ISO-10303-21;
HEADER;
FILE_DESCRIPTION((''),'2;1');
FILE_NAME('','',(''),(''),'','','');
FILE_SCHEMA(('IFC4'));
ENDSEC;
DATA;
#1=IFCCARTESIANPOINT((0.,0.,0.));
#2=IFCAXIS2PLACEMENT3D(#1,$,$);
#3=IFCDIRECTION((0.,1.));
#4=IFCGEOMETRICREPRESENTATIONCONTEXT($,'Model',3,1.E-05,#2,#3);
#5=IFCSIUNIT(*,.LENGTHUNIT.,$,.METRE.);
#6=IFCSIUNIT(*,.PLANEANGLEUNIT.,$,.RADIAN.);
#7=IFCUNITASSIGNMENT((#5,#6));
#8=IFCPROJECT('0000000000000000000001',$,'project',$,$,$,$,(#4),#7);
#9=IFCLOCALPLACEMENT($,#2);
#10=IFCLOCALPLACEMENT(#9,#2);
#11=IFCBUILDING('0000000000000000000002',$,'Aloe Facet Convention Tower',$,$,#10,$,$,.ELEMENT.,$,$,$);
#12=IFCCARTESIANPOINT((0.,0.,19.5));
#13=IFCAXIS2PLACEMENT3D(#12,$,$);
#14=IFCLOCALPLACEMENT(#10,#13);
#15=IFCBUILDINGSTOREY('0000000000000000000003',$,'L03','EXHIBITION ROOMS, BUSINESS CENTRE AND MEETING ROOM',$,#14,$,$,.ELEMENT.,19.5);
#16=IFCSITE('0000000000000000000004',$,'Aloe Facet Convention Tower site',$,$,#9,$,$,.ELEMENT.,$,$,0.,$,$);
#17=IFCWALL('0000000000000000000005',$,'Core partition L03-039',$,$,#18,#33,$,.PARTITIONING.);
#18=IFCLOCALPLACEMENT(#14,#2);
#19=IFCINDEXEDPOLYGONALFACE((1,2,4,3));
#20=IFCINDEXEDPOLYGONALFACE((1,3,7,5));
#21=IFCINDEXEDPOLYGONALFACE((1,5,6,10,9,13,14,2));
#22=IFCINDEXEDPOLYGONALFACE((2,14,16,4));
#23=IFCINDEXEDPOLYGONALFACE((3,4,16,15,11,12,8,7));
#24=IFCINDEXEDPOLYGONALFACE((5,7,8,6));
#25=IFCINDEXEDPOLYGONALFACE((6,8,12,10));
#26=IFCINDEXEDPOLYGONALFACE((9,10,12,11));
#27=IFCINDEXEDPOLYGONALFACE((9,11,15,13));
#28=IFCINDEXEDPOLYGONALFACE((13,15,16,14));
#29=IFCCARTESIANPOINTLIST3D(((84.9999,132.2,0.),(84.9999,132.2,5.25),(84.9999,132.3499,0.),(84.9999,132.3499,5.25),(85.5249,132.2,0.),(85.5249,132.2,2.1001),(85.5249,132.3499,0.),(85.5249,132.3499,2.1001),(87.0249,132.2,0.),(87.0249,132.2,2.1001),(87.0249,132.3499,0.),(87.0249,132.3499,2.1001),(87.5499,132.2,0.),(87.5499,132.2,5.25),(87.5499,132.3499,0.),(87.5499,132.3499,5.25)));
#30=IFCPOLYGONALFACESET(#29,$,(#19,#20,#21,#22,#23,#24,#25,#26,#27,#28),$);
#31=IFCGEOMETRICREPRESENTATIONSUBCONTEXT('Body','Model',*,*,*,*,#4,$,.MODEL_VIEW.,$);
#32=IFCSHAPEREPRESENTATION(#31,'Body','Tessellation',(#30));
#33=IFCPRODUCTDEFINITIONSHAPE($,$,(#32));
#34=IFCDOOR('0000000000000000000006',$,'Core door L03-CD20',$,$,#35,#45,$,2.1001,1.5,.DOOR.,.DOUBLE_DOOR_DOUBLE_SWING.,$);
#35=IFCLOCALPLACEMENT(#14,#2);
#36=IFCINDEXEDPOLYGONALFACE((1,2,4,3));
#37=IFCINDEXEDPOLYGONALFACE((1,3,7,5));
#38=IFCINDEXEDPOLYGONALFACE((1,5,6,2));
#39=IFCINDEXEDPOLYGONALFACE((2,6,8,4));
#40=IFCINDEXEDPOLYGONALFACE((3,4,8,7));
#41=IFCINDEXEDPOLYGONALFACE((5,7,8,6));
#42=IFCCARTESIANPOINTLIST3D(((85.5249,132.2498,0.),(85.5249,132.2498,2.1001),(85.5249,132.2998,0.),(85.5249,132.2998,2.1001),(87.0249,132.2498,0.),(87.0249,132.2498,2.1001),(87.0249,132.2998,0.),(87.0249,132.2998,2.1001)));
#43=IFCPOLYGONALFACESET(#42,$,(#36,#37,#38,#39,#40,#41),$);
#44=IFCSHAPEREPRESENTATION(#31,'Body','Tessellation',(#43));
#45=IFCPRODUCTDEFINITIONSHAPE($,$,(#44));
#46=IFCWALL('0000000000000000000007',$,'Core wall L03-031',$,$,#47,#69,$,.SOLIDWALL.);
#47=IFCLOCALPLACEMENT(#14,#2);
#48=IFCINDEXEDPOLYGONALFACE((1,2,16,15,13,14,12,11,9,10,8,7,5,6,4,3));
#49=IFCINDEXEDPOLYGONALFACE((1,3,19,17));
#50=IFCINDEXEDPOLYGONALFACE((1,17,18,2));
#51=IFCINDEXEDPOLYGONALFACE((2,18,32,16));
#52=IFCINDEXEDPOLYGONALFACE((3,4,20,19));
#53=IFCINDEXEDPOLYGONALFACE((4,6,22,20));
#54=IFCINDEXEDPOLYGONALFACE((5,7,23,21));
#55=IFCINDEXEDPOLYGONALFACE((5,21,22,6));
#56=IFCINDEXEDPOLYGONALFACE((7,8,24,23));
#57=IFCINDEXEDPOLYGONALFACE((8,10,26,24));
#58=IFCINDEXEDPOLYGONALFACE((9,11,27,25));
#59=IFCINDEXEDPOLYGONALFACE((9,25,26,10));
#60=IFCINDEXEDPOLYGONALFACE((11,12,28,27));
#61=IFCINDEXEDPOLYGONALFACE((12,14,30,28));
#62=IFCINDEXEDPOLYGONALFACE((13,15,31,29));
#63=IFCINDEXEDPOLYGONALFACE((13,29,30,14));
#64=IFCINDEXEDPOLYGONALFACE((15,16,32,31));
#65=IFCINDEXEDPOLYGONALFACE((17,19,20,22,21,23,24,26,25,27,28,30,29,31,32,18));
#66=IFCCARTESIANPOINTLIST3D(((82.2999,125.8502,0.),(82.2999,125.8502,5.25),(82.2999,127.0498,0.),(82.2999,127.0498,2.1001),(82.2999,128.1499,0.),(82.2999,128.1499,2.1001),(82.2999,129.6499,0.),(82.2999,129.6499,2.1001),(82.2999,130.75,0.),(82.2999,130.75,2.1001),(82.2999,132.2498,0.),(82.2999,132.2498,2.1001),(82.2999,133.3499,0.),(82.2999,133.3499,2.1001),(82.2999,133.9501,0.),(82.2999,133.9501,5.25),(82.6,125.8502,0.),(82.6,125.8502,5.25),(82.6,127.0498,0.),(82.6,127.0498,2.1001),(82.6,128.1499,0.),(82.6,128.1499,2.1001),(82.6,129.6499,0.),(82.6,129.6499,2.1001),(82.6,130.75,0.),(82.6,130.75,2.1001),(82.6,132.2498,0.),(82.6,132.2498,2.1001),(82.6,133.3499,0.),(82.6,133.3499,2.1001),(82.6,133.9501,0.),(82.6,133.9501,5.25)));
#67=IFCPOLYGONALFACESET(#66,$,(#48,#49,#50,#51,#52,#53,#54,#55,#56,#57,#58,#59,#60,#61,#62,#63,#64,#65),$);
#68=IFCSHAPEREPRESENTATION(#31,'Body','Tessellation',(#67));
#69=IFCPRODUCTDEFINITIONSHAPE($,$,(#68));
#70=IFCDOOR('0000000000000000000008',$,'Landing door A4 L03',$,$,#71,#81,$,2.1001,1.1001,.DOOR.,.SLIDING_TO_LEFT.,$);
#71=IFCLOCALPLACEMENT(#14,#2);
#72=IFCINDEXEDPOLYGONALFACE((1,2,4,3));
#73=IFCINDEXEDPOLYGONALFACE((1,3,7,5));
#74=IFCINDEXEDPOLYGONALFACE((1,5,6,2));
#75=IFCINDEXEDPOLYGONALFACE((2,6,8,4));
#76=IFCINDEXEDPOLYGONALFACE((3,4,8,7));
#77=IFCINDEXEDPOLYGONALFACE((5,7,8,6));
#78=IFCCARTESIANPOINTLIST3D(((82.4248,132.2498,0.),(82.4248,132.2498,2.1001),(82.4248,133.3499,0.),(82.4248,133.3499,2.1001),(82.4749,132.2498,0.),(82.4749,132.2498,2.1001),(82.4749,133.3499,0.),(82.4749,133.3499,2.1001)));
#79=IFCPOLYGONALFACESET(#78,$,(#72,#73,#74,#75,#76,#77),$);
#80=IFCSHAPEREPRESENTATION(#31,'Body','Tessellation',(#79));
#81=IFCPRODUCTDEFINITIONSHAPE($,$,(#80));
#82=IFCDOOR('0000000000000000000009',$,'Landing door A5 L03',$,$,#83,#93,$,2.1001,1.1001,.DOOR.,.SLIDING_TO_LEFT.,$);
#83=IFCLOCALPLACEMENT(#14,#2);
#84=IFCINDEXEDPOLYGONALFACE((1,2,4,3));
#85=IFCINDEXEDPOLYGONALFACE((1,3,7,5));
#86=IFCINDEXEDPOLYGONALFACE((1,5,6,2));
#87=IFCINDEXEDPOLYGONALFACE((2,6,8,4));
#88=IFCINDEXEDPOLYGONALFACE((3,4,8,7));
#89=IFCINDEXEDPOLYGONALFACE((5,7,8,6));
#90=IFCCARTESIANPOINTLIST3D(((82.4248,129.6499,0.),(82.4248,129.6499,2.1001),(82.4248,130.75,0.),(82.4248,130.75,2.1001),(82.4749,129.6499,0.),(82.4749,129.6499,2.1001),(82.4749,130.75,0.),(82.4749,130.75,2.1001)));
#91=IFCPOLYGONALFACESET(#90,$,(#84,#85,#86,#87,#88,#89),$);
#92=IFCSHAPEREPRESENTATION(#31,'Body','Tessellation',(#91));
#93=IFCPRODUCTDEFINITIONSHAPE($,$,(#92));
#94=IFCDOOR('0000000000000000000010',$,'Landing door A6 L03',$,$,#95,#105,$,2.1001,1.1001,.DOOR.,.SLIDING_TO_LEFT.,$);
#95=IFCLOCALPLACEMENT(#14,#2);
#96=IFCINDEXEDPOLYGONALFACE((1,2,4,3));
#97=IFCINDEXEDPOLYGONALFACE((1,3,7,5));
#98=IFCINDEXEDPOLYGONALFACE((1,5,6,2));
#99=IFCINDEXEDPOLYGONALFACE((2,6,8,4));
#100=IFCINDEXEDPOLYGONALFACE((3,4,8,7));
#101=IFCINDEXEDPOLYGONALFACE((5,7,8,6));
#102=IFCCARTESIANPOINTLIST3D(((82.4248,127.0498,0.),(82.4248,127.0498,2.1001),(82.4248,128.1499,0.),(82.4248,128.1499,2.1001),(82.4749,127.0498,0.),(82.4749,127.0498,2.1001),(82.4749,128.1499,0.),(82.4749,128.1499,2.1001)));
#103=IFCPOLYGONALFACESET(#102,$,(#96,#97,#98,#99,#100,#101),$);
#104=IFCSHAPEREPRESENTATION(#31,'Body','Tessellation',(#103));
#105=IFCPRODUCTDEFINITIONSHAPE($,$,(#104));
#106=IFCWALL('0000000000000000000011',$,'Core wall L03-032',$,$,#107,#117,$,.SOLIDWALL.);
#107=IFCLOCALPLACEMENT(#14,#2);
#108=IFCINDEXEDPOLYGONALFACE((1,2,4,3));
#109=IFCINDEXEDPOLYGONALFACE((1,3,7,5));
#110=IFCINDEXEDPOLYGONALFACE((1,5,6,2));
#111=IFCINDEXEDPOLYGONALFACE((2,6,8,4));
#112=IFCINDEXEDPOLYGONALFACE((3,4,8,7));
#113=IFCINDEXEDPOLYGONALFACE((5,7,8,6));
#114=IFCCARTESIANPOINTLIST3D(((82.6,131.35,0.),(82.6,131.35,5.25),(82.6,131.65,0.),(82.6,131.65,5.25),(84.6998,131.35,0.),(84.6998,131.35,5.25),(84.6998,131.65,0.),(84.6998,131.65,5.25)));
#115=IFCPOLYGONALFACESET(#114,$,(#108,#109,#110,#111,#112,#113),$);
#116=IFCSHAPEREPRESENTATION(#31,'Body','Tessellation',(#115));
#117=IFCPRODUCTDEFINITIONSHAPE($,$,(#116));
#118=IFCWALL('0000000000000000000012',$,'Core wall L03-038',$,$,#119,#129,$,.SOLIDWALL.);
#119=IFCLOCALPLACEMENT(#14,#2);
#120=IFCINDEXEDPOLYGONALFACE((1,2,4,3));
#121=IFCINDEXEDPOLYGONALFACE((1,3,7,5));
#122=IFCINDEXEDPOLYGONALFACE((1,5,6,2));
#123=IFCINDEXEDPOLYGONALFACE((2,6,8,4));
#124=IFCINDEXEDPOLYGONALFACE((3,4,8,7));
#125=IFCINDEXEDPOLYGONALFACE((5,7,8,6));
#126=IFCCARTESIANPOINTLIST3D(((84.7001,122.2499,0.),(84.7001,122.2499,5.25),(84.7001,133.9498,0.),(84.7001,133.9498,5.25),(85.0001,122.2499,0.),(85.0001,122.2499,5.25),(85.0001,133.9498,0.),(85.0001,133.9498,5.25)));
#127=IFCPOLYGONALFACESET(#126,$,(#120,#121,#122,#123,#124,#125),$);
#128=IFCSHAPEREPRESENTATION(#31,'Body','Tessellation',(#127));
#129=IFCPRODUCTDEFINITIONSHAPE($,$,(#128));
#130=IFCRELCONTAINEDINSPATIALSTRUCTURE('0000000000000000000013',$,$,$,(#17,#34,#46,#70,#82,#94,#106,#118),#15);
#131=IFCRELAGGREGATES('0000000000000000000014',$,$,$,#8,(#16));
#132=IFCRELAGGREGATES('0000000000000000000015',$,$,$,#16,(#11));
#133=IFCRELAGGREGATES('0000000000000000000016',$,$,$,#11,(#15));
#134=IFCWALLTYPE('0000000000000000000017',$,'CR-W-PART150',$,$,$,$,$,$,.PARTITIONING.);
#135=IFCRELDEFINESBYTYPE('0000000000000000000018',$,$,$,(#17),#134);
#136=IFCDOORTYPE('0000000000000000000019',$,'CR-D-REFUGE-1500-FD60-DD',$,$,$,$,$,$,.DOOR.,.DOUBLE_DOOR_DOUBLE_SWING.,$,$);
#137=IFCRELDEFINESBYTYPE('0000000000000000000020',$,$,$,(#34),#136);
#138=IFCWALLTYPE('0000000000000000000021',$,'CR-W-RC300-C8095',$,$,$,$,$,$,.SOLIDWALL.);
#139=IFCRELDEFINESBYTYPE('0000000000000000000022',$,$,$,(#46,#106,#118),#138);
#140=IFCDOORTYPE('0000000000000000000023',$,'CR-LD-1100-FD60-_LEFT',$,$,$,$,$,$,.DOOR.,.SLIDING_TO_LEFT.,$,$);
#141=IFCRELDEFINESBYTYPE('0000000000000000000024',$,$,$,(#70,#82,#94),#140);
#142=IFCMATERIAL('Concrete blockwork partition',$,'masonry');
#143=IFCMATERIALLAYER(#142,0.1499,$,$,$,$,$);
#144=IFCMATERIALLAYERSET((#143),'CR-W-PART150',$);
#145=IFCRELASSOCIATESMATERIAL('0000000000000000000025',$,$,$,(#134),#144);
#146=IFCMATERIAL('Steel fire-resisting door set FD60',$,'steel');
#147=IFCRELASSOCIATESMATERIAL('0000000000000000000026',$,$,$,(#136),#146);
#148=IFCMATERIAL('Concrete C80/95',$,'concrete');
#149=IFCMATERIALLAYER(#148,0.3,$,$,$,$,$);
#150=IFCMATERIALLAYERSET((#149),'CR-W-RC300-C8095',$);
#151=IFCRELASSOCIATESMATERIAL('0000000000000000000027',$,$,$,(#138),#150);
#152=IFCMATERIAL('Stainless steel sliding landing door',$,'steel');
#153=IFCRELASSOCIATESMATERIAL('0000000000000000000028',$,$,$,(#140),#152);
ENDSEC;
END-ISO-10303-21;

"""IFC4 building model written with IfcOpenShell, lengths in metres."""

from ifc_helpers import new_model, si_unit, direction, frame, frame_2d, origin, place, context, subcontext, project, spatial, rectangle, extrude, material, layer, layer_set, type_object, element, fill, save


model = new_model("IFC4")

# Units and contexts
model_context = context("Model", 3, precision=1e-05, world=origin(), true_north=direction((0.0, 1.0)))
body_context = subcontext(model_context, "Body", "Model", "MODEL_VIEW")
ifc_project = project(units=[si_unit("LENGTHUNIT", "METRE"), si_unit("PLANEANGLEUNIT", "RADIAN")], contexts=[model_context])

# Site, building, storey
site_placement = place(None, origin())
site = spatial("IfcSite", under=ifc_project, at=site_placement, Name="Aloe Facet Convention Tower site", CompositionType="ELEMENT", RefElevation=0.0)
building_placement = place(site_placement, origin())
building = spatial("IfcBuilding", under=site, at=building_placement, Name="Aloe Facet Convention Tower", CompositionType="ELEMENT")
storey_placement = place(building_placement, frame((0.0, 0.0, 19.5)))
storey = spatial("IfcBuildingStorey", under=building, at=storey_placement, Name="L03", Description="EXHIBITION ROOMS, BUSINESS CENTRE AND MEETING ROOM", CompositionType="ELEMENT", Elevation=19.5)

# Wall, opening, door
ifc_material_1 = material(Name="Concrete blockwork partition", Category="masonry")
ifc_layer_1 = layer(ifc_material_1, 0.1499)
ifc_layer_set_1 = layer_set([ifc_layer_1], Name="CR-W-PART150")
wall_type_1 = type_object("IfcWallType", Name="CR-W-PART150", PredefinedType="PARTITIONING", material=ifc_layer_set_1)
wall_1_placement = place(storey_placement, frame((85.0, 132.2749, 0.0), z_axis=(0.0, 0.0, 1.0), x_axis=(1.0, 0.0, 0.0)))
wall_1 = element("IfcWall", 1, at=wall_1_placement, inside=storey, type_object=wall_type_1, Name="Core partition L03-039", PredefinedType="PARTITIONING", context=body_context, shape_type="SweptSolid", body=[
    extrude(rectangle(XDim=2.55, YDim=0.1499, at=frame_2d((1.2749, 0.0))), origin(), (0.0, 0.0, 1.0), 5.25),
])
opening_1_placement = place(wall_1_placement, frame((0.5249, 0.0, 0.0)))
opening_1 = element("IfcOpeningElement", 2, at=opening_1_placement, cuts=wall_1, PredefinedType="OPENING", context=body_context, shape_type="SweptSolid", body=[
    extrude(rectangle(XDim=1.5, YDim=2.1001, at=frame_2d((0.75, 1.05))), frame((0.0, 0.085, 0.0), z_axis=(0.0, -1.0, 0.0), x_axis=(1.0, 0.0, 0.0)), (0.0, 0.0, 1.0), 0.1699),
])
ifc_material_2 = material(Name="Steel fire-resisting door set FD60", Category="steel")
door_type_1 = type_object("IfcDoorType", Name="CR-D-REFUGE-1500-FD60-DD", OperationType="DOUBLE_DOOR_DOUBLE_SWING", PredefinedType="DOOR", material=ifc_material_2)
door_1_placement = place(opening_1_placement, origin())
door_1 = element("IfcDoor", 3, at=door_1_placement, inside=storey, type_object=door_type_1, Name="Core door L03-CD20", OperationType="DOUBLE_DOOR_DOUBLE_SWING", OverallHeight=2.1001, OverallWidth=1.5, PredefinedType="DOOR", context=body_context, shape_type="SweptSolid", body=[
    extrude(rectangle(XDim=1.5, YDim=2.1001, at=frame_2d((0.75, 1.05))), frame((0.0, 0.0249, 0.0), z_axis=(0.0, -1.0, 0.0), x_axis=(1.0, 0.0, 0.0)), (0.0, 0.0, 1.0), 0.05),
])
fill(opening_1, door_1)

# Wall, openings, doors
ifc_material_3 = material(Name="Concrete C80/95", Category="concrete")
ifc_layer_2 = layer(ifc_material_3, 0.3)
ifc_layer_set_2 = layer_set([ifc_layer_2], Name="CR-W-RC300-C8095")
wall_type_2 = type_object("IfcWallType", Name="CR-W-RC300-C8095", PredefinedType="SOLIDWALL", material=ifc_layer_set_2)
wall_2_placement = place(storey_placement, frame((82.45, 133.95, 0.0), z_axis=(0.0, 0.0, 1.0), x_axis=(0.0, -1.0, 0.0)))
wall_2 = element("IfcWall", 4, at=wall_2_placement, inside=storey, type_object=wall_type_2, Name="Core wall L03-031", PredefinedType="SOLIDWALL", context=body_context, shape_type="SweptSolid", body=[
    extrude(rectangle(XDim=8.0999, YDim=0.3, at=frame_2d((4.0498, 0.0))), origin(), (0.0, 0.0, 1.0), 5.25),
])
opening_2_placement = place(wall_2_placement, frame((0.6001, 0.0, 0.0)))
opening_2 = element("IfcOpeningElement", 5, at=opening_2_placement, cuts=wall_2, PredefinedType="OPENING", context=body_context, shape_type="SweptSolid", body=[
    extrude(rectangle(XDim=1.1001, YDim=2.1001, at=frame_2d((0.55, 1.05))), frame((0.0, 0.1602, 0.0), z_axis=(0.0, -1.0, 0.0), x_axis=(1.0, 0.0, 0.0)), (0.0, 0.0, 1.0), 0.3201),
])
opening_3_placement = place(wall_2_placement, frame((3.2, 0.0, 0.0)))
opening_3 = element("IfcOpeningElement", 6, at=opening_3_placement, cuts=wall_2, PredefinedType="OPENING", context=body_context, shape_type="SweptSolid", body=[
    extrude(rectangle(XDim=1.1001, YDim=2.1001, at=frame_2d((0.55, 1.05))), frame((0.0, 0.1602, 0.0), z_axis=(0.0, -1.0, 0.0), x_axis=(1.0, 0.0, 0.0)), (0.0, 0.0, 1.0), 0.3201),
])
opening_4_placement = place(wall_2_placement, frame((5.8, 0.0, 0.0)))
opening_4 = element("IfcOpeningElement", 7, at=opening_4_placement, cuts=wall_2, PredefinedType="OPENING", context=body_context, shape_type="SweptSolid", body=[
    extrude(rectangle(XDim=1.1001, YDim=2.1001, at=frame_2d((0.55, 1.05))), frame((0.0, 0.1602, 0.0), z_axis=(0.0, -1.0, 0.0), x_axis=(1.0, 0.0, 0.0)), (0.0, 0.0, 1.0), 0.3201),
])
ifc_material_4 = material(Name="Stainless steel sliding landing door", Category="steel")
door_type_2 = type_object("IfcDoorType", Name="CR-LD-1100-FD60-_LEFT", OperationType="SLIDING_TO_LEFT", PredefinedType="DOOR", material=ifc_material_4)
door_2_placement = place(opening_2_placement, origin())
door_2 = element("IfcDoor", 8, at=door_2_placement, inside=storey, type_object=door_type_2, Name="Landing door A4 L03", OperationType="SLIDING_TO_LEFT", OverallHeight=2.1001, OverallWidth=1.1001, PredefinedType="DOOR", context=body_context, shape_type="SweptSolid", body=[
    extrude(rectangle(XDim=1.1001, YDim=2.1001, at=frame_2d((0.55, 1.05))), frame((0.0, 0.0249, 0.0), z_axis=(0.0, -1.0, 0.0), x_axis=(1.0, 0.0, 0.0)), (0.0, 0.0, 1.0), 0.05),
])
fill(opening_2, door_2)
door_3_placement = place(opening_3_placement, origin())
door_3 = element("IfcDoor", 9, at=door_3_placement, inside=storey, type_object=door_type_2, Name="Landing door A5 L03", OperationType="SLIDING_TO_LEFT", OverallHeight=2.1001, OverallWidth=1.1001, PredefinedType="DOOR", context=body_context, shape_type="SweptSolid", body=[
    extrude(rectangle(XDim=1.1001, YDim=2.1001, at=frame_2d((0.55, 1.05))), frame((0.0, 0.0249, 0.0), z_axis=(0.0, -1.0, 0.0), x_axis=(1.0, 0.0, 0.0)), (0.0, 0.0, 1.0), 0.05),
])
fill(opening_3, door_3)
door_4_placement = place(opening_4_placement, origin())
door_4 = element("IfcDoor", 10, at=door_4_placement, inside=storey, type_object=door_type_2, Name="Landing door A6 L03", OperationType="SLIDING_TO_LEFT", OverallHeight=2.1001, OverallWidth=1.1001, PredefinedType="DOOR", context=body_context, shape_type="SweptSolid", body=[
    extrude(rectangle(XDim=1.1001, YDim=2.1001, at=frame_2d((0.55, 1.05))), frame((0.0, 0.0249, 0.0), z_axis=(0.0, -1.0, 0.0), x_axis=(1.0, 0.0, 0.0)), (0.0, 0.0, 1.0), 0.05),
])
fill(opening_4, door_4)

# Walls
wall_3_placement = place(storey_placement, frame((82.6001, 131.5, 0.0), z_axis=(0.0, 0.0, 1.0), x_axis=(1.0, 0.0, 0.0)))
element("IfcWall", 11, at=wall_3_placement, inside=storey, type_object=wall_type_2, Name="Core wall L03-032", PredefinedType="SOLIDWALL", context=body_context, shape_type="SweptSolid", body=[
    extrude(rectangle(XDim=2.0999, YDim=0.3, at=frame_2d((1.0498, 0.0))), origin(), (0.0, 0.0, 1.0), 5.25),
])
wall_4_placement = place(storey_placement, frame((84.8501, 133.95, 0.0), z_axis=(0.0, 0.0, 1.0), x_axis=(0.0, -1.0, 0.0)))
element("IfcWall", 12, at=wall_4_placement, inside=storey, type_object=wall_type_2, Name="Core wall L03-038", PredefinedType="SOLIDWALL", context=body_context, shape_type="SweptSolid", body=[
    extrude(rectangle(XDim=11.7, YDim=0.3, at=frame_2d((5.8501, 0.0))), origin(), (0.0, 0.0, 1.0), 5.25),
])

save(model, "model.ifc")
